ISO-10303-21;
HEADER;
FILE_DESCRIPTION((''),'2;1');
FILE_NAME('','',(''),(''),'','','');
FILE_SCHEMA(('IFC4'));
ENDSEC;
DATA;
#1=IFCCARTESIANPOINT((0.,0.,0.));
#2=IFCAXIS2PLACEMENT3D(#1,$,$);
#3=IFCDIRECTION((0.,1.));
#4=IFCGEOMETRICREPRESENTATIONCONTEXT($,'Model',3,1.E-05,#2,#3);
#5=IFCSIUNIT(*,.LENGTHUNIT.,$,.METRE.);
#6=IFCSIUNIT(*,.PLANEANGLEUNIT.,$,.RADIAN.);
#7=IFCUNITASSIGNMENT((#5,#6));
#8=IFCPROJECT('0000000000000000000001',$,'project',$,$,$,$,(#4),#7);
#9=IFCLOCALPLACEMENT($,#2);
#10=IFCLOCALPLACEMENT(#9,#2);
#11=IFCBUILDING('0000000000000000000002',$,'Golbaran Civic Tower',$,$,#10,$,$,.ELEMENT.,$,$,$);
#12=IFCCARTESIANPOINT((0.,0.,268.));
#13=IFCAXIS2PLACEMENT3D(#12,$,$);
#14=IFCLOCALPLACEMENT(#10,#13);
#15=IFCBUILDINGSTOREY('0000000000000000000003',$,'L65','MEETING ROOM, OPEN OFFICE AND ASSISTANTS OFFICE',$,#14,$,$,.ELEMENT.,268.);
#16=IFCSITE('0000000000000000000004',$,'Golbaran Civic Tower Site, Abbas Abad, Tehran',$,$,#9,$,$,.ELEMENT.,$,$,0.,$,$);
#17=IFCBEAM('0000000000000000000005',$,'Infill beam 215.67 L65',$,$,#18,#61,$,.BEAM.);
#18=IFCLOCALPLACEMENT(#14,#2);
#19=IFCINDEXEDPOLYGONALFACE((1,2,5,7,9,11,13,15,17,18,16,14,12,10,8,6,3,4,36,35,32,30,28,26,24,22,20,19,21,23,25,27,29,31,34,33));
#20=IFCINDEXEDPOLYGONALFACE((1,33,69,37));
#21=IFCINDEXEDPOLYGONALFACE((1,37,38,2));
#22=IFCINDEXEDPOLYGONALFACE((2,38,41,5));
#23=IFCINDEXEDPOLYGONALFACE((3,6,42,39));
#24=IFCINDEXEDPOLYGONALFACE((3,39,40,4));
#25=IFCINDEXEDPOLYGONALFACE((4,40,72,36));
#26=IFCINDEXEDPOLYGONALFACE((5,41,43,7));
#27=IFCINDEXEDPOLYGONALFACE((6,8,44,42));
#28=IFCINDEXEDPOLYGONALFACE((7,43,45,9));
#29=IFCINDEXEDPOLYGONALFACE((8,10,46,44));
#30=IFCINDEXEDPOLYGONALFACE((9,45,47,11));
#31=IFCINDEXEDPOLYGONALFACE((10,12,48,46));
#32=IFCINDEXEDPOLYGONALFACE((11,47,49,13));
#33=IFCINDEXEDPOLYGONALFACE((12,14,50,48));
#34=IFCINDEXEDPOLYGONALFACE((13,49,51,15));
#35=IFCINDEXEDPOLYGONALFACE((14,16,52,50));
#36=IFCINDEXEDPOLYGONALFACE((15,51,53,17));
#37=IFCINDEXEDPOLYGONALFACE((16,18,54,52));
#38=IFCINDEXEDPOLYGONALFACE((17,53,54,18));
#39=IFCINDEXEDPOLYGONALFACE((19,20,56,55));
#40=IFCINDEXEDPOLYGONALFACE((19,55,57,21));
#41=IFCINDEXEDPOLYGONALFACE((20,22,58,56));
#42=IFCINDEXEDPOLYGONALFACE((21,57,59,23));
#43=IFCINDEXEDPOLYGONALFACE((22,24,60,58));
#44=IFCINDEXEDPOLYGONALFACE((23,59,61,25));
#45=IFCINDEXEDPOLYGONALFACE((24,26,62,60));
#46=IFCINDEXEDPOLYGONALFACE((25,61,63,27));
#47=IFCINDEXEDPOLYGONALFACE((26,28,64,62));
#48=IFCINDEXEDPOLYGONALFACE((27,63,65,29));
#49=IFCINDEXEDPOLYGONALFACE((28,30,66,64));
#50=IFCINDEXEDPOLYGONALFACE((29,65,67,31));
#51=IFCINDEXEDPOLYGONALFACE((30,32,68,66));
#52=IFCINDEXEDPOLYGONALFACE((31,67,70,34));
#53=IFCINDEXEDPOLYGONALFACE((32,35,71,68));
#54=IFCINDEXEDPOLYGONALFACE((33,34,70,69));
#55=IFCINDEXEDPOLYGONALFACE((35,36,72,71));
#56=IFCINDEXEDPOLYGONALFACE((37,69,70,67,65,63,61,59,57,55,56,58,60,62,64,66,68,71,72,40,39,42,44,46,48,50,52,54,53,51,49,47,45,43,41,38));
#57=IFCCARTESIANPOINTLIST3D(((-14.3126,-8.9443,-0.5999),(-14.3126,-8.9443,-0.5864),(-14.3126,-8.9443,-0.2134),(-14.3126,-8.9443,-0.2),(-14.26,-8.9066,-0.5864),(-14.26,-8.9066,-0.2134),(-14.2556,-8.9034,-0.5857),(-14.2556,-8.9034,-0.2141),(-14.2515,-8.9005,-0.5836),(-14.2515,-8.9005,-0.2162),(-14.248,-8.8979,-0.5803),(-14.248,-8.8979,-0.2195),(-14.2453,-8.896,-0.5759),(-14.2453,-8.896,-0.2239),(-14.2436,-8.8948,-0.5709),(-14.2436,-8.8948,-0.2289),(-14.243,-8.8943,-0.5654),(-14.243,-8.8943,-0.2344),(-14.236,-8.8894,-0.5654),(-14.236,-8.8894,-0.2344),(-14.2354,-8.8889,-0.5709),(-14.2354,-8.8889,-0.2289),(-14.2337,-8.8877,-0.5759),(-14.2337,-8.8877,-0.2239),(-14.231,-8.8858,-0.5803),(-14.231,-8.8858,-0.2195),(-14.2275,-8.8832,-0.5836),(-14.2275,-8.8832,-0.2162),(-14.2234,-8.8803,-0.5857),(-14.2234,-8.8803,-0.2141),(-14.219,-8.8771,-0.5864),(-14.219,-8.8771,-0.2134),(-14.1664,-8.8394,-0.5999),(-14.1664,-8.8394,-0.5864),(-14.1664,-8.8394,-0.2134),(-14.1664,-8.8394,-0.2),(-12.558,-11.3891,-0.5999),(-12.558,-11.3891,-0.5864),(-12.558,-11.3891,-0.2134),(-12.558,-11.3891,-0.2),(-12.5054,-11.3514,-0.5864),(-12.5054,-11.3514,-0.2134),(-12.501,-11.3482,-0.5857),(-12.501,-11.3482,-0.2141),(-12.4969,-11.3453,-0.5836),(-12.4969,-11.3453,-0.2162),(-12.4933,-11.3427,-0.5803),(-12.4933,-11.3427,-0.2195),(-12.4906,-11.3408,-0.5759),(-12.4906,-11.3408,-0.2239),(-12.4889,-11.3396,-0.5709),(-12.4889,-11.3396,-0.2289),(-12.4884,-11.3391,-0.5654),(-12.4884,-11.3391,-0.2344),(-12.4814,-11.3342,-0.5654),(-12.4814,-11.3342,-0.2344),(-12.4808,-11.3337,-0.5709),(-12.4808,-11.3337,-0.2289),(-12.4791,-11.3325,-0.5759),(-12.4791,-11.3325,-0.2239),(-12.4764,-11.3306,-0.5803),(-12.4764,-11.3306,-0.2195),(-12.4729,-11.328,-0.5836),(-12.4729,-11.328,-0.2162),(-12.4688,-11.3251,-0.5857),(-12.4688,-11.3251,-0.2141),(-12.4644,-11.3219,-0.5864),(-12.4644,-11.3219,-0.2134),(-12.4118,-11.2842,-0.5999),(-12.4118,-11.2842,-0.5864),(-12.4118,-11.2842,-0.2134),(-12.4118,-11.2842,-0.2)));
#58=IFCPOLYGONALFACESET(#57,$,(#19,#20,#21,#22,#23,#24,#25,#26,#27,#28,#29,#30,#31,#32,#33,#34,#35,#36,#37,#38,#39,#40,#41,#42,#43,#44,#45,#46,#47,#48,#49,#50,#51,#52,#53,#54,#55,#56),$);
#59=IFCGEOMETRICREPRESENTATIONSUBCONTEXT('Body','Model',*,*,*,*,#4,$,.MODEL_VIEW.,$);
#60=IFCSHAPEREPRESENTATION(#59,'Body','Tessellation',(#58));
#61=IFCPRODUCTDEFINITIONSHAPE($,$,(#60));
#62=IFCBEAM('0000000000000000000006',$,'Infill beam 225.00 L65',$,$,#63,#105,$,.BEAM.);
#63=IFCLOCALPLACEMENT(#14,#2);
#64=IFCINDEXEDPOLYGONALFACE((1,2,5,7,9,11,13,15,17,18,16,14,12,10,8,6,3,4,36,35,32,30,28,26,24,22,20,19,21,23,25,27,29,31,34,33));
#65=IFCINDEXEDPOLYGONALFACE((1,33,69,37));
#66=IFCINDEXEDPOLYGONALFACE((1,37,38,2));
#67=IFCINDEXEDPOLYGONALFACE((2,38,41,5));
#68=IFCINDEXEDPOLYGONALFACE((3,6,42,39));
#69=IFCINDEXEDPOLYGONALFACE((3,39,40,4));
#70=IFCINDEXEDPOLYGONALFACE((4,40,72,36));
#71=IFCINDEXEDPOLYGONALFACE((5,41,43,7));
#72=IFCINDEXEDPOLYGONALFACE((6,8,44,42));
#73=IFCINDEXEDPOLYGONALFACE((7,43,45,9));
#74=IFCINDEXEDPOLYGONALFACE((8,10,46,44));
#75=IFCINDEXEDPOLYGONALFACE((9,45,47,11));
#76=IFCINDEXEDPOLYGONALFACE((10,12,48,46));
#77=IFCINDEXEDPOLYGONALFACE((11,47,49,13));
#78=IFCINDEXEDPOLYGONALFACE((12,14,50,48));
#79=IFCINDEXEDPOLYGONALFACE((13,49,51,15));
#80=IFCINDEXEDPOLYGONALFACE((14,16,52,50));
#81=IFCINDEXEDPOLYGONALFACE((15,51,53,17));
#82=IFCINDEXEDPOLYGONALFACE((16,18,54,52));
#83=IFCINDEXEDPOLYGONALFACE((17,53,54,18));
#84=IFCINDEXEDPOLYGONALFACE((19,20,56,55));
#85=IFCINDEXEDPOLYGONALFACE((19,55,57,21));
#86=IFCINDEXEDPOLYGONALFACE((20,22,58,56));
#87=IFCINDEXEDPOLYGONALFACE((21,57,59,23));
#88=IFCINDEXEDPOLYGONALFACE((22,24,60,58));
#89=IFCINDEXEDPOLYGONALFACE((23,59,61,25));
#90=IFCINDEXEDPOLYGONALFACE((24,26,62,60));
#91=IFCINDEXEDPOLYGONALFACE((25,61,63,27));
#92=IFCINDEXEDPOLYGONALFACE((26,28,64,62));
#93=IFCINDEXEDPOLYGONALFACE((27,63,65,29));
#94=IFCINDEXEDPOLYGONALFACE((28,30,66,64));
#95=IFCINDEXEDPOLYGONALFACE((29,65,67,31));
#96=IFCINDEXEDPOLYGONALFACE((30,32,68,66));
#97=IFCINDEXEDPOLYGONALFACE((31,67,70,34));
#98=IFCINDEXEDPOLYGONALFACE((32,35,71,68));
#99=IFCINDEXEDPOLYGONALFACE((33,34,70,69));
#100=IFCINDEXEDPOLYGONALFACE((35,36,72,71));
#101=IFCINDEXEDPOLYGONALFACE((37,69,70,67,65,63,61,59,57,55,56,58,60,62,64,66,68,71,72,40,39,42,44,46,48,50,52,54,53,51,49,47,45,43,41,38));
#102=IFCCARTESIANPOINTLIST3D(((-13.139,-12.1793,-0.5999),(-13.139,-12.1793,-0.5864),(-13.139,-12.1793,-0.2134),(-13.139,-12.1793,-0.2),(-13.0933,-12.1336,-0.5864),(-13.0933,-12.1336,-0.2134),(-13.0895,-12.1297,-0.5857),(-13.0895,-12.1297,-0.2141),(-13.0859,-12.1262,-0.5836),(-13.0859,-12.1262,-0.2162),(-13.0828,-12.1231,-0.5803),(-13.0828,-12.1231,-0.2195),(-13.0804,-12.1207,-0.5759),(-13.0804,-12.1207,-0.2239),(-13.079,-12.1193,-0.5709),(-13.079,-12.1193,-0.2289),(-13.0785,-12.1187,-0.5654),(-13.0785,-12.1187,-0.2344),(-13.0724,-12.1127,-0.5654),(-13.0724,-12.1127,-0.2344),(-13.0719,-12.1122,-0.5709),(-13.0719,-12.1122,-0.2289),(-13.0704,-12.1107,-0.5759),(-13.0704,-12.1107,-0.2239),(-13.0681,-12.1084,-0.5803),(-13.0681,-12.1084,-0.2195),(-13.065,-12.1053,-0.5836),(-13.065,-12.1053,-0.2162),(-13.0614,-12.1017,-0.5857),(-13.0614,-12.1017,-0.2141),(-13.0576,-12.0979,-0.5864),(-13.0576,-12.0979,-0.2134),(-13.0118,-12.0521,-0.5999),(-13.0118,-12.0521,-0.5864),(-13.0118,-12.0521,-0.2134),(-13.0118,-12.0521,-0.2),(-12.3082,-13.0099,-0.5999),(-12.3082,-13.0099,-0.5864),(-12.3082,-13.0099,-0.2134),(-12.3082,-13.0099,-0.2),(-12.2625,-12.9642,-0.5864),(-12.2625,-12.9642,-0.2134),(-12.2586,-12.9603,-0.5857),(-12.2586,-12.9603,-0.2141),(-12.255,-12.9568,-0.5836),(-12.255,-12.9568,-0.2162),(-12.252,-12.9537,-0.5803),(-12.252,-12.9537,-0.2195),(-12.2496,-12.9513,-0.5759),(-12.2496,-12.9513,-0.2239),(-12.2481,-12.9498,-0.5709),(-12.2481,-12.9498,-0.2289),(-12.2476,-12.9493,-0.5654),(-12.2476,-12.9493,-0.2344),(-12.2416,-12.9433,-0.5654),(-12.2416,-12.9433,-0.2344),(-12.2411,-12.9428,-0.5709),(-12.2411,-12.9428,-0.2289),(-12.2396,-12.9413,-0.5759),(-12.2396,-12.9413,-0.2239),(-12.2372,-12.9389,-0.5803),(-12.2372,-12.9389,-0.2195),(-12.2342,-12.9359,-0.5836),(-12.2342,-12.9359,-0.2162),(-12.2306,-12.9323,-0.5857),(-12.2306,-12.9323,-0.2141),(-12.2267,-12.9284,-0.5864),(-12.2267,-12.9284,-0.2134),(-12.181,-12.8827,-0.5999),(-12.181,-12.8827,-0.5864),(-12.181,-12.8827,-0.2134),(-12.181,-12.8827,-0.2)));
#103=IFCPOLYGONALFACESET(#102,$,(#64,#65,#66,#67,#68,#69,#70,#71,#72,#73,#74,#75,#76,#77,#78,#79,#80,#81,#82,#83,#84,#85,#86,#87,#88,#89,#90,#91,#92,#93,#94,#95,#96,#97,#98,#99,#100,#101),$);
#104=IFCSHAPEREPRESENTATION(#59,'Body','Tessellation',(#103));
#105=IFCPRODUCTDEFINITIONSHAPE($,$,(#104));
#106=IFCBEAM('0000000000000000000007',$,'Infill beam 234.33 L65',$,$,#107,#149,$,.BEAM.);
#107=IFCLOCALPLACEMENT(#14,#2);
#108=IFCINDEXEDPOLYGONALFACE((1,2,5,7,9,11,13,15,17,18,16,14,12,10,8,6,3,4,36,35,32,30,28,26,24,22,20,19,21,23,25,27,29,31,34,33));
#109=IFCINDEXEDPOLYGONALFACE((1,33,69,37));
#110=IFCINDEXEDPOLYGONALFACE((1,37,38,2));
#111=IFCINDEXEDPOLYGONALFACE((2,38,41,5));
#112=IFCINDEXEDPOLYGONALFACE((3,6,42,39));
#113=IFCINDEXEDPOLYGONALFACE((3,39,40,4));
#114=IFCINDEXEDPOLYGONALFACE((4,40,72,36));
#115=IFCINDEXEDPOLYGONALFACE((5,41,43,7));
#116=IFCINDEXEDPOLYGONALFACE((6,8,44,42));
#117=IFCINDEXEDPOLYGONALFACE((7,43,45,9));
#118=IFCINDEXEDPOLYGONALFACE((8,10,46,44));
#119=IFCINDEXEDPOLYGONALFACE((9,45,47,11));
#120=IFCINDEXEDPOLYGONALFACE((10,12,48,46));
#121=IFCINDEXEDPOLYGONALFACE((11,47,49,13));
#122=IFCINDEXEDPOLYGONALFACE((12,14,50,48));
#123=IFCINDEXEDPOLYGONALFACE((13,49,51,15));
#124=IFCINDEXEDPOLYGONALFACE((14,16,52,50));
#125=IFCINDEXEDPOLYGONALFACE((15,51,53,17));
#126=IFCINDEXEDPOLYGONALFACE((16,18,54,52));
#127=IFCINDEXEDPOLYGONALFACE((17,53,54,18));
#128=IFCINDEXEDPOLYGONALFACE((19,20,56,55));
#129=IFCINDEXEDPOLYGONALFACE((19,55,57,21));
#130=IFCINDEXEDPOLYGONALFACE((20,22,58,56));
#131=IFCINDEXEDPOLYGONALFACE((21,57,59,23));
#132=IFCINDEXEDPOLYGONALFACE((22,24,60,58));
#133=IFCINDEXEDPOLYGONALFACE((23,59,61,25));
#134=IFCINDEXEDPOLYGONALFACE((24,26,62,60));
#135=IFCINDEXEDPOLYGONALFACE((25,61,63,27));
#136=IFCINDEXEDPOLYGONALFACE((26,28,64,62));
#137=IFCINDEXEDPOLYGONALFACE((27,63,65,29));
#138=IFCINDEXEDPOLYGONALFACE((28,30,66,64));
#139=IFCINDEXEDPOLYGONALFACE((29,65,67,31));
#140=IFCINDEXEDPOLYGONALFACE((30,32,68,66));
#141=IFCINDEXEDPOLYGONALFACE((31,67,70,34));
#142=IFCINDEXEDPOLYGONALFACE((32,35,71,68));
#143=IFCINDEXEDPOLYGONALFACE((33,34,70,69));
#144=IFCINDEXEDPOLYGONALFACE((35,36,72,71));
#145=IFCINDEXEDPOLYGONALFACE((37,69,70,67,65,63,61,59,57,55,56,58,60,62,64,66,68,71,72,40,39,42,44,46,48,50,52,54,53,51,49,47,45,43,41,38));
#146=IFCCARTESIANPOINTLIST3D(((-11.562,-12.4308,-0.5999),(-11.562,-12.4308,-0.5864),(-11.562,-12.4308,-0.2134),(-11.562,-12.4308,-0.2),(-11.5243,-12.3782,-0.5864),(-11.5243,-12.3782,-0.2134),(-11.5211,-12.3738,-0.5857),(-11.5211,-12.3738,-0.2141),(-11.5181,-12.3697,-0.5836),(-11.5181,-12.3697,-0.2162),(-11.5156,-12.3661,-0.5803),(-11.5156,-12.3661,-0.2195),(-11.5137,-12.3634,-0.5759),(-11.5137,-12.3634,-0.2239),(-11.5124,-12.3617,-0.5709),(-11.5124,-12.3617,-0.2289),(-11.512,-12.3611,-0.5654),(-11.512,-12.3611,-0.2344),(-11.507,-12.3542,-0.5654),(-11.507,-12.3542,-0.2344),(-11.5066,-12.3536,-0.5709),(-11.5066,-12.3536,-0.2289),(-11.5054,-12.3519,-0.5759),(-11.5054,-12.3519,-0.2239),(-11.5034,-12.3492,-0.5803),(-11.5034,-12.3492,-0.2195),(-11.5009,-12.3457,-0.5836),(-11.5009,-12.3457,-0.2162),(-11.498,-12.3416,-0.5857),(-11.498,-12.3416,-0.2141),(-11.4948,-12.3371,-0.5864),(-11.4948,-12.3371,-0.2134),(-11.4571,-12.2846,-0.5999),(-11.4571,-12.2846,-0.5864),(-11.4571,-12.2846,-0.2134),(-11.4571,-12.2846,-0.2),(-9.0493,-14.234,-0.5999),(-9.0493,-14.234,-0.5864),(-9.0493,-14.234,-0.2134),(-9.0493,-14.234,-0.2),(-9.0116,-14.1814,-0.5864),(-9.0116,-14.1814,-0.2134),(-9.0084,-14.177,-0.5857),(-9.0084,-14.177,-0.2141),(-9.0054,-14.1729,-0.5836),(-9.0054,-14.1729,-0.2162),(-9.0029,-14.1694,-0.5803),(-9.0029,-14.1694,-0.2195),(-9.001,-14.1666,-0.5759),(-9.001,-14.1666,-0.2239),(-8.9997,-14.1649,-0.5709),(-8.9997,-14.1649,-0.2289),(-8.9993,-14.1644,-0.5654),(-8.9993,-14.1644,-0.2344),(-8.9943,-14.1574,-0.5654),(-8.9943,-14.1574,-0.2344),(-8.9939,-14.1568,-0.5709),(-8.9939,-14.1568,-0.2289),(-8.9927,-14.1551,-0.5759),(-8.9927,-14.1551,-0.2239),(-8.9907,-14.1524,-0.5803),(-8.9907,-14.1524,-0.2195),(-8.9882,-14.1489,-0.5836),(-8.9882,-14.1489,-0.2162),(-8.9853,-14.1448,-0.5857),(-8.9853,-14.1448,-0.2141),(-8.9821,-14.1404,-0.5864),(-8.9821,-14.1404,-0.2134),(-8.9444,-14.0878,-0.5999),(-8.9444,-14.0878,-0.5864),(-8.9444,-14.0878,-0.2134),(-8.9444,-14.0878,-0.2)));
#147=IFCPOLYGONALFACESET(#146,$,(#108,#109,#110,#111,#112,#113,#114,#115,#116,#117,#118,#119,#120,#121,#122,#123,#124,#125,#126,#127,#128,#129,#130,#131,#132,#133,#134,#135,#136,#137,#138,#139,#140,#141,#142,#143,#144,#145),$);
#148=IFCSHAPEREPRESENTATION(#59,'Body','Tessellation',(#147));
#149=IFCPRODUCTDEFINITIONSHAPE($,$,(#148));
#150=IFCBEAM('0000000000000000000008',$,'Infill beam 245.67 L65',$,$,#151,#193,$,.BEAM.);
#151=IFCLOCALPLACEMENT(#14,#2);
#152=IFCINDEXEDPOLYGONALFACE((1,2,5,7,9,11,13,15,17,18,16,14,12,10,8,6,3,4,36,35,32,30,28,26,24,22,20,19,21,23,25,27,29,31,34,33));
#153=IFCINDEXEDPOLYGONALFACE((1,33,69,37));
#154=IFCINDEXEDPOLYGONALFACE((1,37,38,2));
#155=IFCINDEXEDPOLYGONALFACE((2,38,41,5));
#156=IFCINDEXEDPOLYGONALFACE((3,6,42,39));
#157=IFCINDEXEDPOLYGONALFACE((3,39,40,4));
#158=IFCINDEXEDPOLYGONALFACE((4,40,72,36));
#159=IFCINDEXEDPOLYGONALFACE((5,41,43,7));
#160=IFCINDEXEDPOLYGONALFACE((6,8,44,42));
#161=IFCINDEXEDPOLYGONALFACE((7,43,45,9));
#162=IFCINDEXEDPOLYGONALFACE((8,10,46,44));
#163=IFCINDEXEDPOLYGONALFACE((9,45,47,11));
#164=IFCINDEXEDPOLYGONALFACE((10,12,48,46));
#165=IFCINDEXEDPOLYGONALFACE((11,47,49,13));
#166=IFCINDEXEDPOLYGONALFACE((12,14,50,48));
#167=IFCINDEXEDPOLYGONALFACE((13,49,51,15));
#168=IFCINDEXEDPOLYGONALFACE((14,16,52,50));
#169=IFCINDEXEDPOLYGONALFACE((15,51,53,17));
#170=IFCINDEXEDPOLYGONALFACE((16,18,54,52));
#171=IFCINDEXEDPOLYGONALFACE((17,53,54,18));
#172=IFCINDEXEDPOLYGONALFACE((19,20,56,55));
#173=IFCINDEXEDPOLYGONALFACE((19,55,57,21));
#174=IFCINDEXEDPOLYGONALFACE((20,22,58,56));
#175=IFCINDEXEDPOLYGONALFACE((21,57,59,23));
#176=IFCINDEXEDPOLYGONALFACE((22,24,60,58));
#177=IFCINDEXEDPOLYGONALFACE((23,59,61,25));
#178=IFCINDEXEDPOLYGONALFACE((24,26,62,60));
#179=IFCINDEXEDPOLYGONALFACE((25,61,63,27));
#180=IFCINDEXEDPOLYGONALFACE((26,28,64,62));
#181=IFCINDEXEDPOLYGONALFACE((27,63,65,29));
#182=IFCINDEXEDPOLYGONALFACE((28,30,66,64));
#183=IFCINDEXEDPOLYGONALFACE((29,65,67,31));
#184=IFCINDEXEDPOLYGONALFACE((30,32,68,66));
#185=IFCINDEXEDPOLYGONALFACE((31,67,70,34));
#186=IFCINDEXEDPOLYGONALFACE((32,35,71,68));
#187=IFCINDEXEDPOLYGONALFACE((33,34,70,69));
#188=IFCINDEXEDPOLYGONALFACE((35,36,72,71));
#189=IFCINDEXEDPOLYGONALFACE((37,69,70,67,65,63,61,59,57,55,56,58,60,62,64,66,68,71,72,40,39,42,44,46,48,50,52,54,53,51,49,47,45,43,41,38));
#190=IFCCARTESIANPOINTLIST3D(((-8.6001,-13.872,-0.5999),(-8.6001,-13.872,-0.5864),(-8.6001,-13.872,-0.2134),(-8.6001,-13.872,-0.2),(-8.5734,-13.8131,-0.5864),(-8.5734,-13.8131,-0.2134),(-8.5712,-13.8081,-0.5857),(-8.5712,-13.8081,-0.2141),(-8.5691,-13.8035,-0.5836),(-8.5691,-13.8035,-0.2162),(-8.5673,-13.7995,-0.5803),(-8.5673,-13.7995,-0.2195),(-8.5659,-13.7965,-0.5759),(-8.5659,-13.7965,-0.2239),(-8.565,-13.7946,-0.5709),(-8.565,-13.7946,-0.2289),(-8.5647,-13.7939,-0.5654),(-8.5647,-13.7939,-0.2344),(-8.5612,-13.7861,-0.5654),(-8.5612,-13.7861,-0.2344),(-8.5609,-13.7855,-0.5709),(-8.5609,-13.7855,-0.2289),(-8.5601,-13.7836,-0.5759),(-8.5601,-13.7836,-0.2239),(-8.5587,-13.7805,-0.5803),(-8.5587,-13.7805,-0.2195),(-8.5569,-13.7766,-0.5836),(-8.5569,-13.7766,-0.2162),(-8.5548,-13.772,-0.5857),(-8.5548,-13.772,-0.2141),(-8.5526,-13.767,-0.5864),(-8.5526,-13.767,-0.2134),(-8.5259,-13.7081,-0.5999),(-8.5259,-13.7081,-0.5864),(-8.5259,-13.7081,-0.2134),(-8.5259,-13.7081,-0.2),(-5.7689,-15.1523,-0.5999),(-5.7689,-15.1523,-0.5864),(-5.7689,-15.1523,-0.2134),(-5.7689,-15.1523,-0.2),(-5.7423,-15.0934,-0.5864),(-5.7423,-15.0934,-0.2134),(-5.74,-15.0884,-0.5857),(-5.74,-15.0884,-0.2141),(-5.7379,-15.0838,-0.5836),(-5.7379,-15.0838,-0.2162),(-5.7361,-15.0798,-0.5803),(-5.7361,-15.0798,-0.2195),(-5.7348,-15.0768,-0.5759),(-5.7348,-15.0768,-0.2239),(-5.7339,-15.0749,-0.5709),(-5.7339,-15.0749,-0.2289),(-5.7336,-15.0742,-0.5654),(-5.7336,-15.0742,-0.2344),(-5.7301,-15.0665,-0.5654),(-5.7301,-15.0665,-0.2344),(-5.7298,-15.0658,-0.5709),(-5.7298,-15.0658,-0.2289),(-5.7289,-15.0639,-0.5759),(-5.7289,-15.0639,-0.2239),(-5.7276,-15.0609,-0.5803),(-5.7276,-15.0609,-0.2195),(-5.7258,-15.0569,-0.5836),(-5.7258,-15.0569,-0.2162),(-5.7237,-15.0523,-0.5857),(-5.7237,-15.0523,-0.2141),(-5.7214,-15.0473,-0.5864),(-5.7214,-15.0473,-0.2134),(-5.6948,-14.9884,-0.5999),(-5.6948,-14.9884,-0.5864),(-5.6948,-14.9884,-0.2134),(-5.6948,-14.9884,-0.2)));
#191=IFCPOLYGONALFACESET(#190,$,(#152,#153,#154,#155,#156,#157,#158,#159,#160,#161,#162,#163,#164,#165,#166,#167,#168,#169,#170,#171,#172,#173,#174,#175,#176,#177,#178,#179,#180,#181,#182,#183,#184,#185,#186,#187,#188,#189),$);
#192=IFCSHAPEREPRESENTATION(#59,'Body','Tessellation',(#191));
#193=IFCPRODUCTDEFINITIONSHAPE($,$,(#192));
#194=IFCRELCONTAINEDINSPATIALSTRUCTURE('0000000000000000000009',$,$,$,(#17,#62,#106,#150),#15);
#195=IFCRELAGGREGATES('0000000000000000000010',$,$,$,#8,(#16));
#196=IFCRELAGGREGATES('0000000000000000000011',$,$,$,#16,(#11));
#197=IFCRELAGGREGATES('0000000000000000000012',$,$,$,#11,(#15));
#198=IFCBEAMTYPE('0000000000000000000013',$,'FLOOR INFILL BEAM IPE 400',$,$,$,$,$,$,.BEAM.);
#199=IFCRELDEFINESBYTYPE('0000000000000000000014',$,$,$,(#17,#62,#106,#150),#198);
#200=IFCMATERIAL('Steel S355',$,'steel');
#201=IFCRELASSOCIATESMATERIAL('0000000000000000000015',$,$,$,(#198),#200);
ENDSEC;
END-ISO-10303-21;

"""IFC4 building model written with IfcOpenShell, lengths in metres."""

from ifc_helpers import new_model, si_unit, direction, frame, origin, origin_2d, place, context, subcontext, project, spatial, i_section, extrude, material, material_profile, profile_set, type_object, element, save


model = new_model("IFC4")

# Units and contexts
model_context = context("Model", 3, precision=1e-05, world=origin(), true_north=direction((0.0, 1.0)))
body_context = subcontext(model_context, "Body", "Model", "MODEL_VIEW")
ifc_project = project(units=[si_unit("LENGTHUNIT", "METRE"), si_unit("PLANEANGLEUNIT", "RADIAN")], contexts=[model_context])

# Site, building, storey
site_placement = place(None, origin())
site = spatial("IfcSite", under=ifc_project, at=site_placement, Name="Golbaran Civic Tower Site, Abbas Abad, Tehran", CompositionType="ELEMENT", RefElevation=0.0)
building_placement = place(site_placement, origin())
building = spatial("IfcBuilding", under=site, at=building_placement, Name="Golbaran Civic Tower", CompositionType="ELEMENT")
storey_placement = place(building_placement, frame((0.0, 0.0, 268.0)))
storey = spatial("IfcBuildingStorey", under=building, at=storey_placement, Name="L65", Description="MEETING ROOM, OPEN OFFICE AND ASSISTANTS OFFICE", CompositionType="ELEMENT", Elevation=268.0)

# Beams
ifc_material_1 = material(Name="Steel S355", Category="steel")
ifc_material_profile_1 = material_profile(ifc_material_1, i_section(OverallWidth=0.1799, OverallDepth=0.3999, WebThickness=0.0085, FlangeThickness=0.0134, FilletRadius=0.021, at=origin_2d()), Name="IPE 400")
ifc_profile_set_1 = profile_set([ifc_material_profile_1], Name="Steel S355")
beam_type_1 = type_object("IfcBeamType", Name="FLOOR INFILL BEAM IPE 400", PredefinedType="BEAM", material=ifc_profile_set_1)
beam_1_placement = place(storey_placement, frame((-14.2395, -8.8918, -0.3999), z_axis=(0.583071, -0.812421, 0.0), x_axis=(0.812421, 0.583071, 0.0)))
element("IfcBeam", 1, at=beam_1_placement, inside=storey, type_object=beam_type_1, Name="Infill beam 215.67 L65", PredefinedType="BEAM", context=body_context, shape_type="SweptSolid", body=[
    extrude(i_section(OverallWidth=0.1799, OverallDepth=0.3999, WebThickness=0.0085, FlangeThickness=0.0134, FilletRadius=0.021, at=origin_2d()), origin(), (0.0, 0.0, 1.0), 3.0093),
])
beam_2_placement = place(storey_placement, frame((-13.0754, -12.1157, -0.3999), z_axis=(0.707211, -0.707003, 0.0), x_axis=(0.707003, 0.707211, 0.0)))
element("IfcBeam", 2, at=beam_2_placement, inside=storey, type_object=beam_type_1, Name="Infill beam 225.00 L65", PredefinedType="BEAM", context=body_context, shape_type="SweptSolid", body=[
    extrude(i_section(OverallWidth=0.1799, OverallDepth=0.3999, WebThickness=0.0085, FlangeThickness=0.0134, FilletRadius=0.021, at=origin_2d()), origin(), (0.0, 0.0, 1.0), 1.1748),
])
beam_3_placement = place(storey_placement, frame((-11.5095, -12.3577, -0.3999), z_axis=(0.812441, -0.583044, 0.0), x_axis=(0.583044, 0.812441, 0.0)))
element("IfcBeam", 3, at=beam_3_placement, inside=storey, type_object=beam_type_1, Name="Infill beam 234.33 L65", PredefinedType="BEAM", context=body_context, shape_type="SweptSolid", body=[
    extrude(i_section(OverallWidth=0.1799, OverallDepth=0.3999, WebThickness=0.0085, FlangeThickness=0.0134, FilletRadius=0.021, at=origin_2d()), origin(), (0.0, 0.0, 1.0), 3.0928),
])
beam_4_placement = place(storey_placement, frame((-8.563, -13.79, -0.3999), z_axis=(0.911161, -0.41205, 0.0), x_axis=(0.41205, 0.911161, 0.0)))
element("IfcBeam", 4, at=beam_4_placement, inside=storey, type_object=beam_type_1, Name="Infill beam 245.67 L65", PredefinedType="BEAM", context=body_context, shape_type="SweptSolid", body=[
    extrude(i_section(OverallWidth=0.1799, OverallDepth=0.3999, WebThickness=0.0085, FlangeThickness=0.0134, FilletRadius=0.021, at=origin_2d()), origin(), (0.0, 0.0, 1.0), 3.1072),
])

save(model, "model.ifc")
